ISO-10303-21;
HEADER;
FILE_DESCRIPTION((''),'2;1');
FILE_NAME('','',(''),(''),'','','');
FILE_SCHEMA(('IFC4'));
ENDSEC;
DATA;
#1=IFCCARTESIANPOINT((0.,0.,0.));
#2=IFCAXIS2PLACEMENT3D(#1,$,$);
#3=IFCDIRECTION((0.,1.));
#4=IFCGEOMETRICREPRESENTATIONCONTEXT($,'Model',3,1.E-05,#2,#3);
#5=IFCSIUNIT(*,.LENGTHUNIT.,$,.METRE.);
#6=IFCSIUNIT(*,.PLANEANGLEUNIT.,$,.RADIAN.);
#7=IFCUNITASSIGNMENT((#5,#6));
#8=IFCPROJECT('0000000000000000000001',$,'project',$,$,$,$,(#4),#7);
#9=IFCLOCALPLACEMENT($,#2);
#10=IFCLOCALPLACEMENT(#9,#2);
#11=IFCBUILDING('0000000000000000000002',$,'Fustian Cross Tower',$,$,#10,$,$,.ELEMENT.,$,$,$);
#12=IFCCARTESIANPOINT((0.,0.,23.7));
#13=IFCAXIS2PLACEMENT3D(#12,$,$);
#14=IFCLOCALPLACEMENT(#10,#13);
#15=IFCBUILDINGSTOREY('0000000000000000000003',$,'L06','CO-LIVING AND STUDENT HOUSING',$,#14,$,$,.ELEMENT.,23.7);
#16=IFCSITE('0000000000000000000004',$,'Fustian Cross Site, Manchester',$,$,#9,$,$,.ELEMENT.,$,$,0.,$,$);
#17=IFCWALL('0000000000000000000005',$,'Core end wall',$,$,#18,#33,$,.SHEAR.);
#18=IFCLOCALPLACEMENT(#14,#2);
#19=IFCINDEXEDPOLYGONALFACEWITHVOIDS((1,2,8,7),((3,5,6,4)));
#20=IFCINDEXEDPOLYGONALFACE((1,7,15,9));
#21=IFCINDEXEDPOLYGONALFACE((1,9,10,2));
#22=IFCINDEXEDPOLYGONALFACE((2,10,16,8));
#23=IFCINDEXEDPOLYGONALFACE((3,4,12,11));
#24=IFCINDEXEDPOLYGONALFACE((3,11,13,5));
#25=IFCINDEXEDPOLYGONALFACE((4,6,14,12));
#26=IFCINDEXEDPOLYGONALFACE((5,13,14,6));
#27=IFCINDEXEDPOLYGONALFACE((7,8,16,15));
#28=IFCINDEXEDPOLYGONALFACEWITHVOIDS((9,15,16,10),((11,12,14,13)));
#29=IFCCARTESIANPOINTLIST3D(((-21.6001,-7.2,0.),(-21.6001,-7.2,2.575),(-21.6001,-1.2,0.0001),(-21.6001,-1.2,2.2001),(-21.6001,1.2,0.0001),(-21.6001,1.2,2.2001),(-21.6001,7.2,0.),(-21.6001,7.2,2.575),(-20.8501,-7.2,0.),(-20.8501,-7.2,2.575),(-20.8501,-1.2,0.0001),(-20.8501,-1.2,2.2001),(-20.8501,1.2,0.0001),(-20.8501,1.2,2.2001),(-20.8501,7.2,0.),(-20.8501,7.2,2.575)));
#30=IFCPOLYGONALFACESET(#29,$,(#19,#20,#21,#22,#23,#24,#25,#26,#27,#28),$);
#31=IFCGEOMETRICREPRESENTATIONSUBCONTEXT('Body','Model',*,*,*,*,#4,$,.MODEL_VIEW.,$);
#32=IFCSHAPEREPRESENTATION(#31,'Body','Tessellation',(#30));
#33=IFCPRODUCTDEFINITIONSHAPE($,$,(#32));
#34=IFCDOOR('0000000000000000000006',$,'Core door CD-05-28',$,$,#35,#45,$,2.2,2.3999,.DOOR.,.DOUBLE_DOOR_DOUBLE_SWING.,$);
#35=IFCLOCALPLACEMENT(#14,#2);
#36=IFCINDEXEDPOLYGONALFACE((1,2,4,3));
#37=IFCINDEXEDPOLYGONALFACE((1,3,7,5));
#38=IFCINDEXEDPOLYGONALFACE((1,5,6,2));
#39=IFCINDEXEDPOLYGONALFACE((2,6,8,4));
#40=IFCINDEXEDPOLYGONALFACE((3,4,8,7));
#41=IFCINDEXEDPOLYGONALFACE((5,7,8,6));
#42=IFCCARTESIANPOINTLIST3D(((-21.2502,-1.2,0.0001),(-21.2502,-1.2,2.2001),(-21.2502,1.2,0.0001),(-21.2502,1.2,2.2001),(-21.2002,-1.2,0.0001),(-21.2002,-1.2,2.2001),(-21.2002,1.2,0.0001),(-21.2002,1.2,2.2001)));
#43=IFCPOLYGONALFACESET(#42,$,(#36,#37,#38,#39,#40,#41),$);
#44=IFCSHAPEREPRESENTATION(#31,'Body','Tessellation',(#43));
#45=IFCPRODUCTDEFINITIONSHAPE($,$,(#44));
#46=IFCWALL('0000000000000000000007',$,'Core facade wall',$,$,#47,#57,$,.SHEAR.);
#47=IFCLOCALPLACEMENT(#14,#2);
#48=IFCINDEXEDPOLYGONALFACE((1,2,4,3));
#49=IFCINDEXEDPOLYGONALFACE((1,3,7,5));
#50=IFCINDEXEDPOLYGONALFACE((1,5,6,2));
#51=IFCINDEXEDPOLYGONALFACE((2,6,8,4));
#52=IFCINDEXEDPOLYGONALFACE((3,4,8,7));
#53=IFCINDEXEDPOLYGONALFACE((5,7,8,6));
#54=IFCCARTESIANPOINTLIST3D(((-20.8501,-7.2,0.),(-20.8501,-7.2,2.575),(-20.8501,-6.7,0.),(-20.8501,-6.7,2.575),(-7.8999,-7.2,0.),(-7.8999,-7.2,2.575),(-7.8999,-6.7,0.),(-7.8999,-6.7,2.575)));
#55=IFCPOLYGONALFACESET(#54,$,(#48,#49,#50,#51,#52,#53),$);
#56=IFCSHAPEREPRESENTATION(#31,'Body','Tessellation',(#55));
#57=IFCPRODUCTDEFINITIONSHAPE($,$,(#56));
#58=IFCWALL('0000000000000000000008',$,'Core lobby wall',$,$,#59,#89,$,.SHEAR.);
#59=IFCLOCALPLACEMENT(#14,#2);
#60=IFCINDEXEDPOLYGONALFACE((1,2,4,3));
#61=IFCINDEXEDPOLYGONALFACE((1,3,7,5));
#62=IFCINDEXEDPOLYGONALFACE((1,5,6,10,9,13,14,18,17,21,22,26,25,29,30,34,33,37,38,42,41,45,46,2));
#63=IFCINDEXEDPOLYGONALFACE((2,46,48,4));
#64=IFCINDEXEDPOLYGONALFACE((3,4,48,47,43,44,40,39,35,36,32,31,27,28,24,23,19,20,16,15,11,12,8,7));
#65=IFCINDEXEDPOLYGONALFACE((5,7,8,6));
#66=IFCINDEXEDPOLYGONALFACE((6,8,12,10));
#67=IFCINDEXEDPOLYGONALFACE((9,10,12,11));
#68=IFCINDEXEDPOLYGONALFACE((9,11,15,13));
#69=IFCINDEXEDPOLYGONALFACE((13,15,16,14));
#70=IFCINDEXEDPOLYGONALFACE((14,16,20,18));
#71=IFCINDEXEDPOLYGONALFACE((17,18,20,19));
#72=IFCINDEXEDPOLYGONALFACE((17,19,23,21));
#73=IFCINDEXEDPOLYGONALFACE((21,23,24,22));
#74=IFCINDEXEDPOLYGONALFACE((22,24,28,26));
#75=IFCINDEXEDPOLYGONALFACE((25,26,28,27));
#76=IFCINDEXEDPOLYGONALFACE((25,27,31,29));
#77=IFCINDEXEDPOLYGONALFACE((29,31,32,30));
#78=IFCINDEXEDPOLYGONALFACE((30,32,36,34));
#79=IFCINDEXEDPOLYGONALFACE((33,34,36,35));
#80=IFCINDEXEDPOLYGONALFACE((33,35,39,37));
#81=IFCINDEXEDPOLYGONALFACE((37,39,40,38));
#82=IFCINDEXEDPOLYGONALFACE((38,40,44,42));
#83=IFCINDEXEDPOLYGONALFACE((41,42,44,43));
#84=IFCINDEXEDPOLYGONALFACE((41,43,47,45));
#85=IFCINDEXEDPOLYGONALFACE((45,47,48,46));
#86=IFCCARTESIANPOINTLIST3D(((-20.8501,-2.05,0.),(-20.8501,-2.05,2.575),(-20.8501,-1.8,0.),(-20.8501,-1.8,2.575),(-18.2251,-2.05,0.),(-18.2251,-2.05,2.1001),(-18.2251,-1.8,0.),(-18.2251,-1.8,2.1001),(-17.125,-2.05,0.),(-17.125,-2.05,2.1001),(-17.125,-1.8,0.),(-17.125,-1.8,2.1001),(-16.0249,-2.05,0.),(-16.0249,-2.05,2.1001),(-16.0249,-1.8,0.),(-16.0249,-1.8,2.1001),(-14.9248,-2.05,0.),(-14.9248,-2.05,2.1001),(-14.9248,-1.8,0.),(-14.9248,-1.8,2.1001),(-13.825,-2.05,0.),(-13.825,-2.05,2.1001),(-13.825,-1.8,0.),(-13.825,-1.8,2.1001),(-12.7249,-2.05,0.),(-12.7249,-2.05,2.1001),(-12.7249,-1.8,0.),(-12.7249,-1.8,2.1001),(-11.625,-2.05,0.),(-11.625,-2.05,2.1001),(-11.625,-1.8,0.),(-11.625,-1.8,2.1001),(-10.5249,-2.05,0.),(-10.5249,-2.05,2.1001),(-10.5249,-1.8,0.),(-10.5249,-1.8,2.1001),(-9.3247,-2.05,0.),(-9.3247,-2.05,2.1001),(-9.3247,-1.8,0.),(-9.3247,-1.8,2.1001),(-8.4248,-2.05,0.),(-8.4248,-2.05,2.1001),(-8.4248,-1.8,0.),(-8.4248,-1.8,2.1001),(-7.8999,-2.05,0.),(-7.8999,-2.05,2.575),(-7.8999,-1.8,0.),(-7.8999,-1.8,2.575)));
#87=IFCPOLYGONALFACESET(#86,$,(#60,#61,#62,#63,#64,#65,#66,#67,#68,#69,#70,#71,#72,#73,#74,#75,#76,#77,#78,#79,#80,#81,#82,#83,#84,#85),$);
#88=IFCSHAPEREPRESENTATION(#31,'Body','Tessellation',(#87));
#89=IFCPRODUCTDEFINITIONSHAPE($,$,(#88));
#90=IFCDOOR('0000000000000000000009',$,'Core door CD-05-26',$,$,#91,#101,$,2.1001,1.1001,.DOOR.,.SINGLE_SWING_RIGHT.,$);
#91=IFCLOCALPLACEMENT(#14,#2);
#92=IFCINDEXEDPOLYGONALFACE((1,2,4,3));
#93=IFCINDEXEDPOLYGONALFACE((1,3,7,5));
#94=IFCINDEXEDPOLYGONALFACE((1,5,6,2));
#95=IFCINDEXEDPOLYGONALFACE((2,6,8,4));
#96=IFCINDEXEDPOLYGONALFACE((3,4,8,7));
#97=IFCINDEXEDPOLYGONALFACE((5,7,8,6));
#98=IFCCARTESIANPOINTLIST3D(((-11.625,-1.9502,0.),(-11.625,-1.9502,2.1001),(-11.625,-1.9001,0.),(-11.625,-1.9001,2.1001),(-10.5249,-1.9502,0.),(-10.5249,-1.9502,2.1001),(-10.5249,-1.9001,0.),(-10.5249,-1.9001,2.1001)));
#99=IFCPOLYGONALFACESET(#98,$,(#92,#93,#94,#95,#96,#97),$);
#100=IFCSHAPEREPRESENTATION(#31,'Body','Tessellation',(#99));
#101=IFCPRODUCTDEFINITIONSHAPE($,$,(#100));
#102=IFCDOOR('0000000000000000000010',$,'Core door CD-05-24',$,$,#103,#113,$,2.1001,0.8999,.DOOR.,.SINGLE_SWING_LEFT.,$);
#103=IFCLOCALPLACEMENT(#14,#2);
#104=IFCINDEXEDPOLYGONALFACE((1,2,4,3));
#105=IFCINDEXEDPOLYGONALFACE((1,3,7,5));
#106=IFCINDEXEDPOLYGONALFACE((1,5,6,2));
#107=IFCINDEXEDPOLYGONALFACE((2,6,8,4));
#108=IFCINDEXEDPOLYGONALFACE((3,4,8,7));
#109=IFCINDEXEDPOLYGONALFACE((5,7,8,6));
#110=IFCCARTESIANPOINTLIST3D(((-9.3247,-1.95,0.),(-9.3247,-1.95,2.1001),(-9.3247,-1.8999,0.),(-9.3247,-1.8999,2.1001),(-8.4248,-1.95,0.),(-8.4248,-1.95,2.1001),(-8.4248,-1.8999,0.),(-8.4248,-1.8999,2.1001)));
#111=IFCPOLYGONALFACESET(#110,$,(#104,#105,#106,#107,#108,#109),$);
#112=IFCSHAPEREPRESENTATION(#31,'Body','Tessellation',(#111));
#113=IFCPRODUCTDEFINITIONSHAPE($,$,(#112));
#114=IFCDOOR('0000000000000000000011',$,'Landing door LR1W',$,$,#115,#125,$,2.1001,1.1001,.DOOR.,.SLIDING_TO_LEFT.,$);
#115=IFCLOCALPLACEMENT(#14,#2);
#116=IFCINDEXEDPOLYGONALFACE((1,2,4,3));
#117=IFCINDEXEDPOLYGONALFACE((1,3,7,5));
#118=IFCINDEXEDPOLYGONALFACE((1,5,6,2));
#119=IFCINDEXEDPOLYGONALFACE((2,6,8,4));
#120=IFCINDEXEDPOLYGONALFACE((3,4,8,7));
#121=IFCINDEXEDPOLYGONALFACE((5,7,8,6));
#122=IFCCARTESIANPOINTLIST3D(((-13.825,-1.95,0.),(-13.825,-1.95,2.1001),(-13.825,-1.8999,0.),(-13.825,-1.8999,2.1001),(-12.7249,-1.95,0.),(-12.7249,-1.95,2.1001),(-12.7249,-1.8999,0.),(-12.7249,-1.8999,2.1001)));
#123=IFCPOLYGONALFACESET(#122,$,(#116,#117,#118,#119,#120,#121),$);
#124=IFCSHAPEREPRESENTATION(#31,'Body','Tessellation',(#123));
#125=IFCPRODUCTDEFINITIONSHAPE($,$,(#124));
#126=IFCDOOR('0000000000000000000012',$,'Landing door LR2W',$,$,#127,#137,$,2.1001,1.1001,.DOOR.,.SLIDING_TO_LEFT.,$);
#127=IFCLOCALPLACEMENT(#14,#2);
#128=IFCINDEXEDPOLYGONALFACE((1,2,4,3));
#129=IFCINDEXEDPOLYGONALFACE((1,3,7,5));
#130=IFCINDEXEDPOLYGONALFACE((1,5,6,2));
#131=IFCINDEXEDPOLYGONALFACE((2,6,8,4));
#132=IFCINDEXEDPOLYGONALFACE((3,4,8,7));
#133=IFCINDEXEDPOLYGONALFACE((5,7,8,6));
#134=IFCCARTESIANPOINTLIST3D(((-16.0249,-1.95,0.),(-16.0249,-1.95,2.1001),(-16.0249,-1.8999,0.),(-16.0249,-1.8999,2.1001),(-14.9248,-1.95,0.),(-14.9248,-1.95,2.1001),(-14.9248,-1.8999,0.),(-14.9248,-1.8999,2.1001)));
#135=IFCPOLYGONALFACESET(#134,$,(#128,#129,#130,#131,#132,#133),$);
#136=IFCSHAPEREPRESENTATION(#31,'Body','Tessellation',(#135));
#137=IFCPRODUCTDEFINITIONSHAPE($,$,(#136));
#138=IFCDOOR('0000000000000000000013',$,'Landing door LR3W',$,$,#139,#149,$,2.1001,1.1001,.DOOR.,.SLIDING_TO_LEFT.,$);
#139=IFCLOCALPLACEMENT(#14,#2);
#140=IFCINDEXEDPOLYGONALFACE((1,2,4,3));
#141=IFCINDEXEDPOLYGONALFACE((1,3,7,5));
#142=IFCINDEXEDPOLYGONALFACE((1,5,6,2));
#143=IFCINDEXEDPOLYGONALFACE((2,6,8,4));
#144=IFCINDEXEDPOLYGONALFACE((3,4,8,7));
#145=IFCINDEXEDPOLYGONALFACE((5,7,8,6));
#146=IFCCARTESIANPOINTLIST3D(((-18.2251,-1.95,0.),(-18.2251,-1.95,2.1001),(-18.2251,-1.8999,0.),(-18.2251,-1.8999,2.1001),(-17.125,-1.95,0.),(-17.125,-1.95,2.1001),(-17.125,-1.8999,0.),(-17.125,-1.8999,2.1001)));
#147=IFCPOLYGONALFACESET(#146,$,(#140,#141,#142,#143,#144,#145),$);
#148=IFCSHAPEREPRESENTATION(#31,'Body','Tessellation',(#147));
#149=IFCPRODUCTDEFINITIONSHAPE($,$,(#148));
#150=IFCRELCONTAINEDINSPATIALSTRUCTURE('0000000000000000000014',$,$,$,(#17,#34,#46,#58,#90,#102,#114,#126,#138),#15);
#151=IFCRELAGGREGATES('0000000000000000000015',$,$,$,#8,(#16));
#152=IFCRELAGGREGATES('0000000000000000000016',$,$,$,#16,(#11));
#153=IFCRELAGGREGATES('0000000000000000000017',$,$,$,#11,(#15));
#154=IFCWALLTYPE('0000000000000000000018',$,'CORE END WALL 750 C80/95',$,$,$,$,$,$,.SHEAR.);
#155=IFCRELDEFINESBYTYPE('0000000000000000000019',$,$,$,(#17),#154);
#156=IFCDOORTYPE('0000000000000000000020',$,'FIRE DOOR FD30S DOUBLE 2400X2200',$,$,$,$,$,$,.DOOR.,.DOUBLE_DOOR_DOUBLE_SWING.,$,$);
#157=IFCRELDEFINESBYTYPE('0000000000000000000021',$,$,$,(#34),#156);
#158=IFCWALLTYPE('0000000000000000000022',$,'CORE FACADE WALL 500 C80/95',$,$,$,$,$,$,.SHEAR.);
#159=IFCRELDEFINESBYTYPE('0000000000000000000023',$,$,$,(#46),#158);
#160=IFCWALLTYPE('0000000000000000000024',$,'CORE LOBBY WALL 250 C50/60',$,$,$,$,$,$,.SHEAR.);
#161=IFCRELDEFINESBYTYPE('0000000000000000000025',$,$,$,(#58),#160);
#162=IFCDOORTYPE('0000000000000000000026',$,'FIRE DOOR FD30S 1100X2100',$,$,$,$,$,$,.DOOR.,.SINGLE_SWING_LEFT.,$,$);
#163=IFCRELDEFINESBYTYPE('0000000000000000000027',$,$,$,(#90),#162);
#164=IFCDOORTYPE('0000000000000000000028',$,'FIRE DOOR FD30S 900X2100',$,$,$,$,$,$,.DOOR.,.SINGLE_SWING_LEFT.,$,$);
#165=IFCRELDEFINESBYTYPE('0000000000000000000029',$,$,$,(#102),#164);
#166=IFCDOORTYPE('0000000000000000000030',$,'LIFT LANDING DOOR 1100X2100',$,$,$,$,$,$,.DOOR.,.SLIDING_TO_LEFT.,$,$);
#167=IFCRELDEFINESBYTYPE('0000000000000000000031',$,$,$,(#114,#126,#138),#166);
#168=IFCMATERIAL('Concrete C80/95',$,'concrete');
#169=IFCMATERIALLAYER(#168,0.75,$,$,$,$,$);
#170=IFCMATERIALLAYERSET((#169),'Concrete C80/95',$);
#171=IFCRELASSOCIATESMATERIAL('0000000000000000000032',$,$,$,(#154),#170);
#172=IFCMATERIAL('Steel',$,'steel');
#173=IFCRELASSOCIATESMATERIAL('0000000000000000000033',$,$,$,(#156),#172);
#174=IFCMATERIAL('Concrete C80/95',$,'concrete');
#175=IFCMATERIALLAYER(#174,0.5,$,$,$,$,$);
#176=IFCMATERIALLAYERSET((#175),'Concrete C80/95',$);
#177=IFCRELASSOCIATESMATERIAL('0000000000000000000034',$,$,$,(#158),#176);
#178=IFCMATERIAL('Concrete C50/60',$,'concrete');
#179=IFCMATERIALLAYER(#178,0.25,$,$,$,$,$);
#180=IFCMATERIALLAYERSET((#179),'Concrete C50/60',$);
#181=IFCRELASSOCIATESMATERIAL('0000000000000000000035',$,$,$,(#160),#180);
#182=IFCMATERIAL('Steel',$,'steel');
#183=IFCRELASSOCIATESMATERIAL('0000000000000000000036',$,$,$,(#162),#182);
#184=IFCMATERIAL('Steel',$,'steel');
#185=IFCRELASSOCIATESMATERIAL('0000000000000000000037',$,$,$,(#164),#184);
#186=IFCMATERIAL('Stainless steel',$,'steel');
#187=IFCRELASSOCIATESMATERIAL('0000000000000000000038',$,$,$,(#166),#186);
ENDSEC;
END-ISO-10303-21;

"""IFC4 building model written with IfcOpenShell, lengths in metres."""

from ifc_helpers import new_model, si_unit, direction, frame, frame_2d, origin, place, context, subcontext, project, spatial, rectangle, extrude, material, layer, layer_set, type_object, element, fill, save


model = new_model("IFC4")

# Units and contexts
model_context = context("Model", 3, precision=1e-05, world=origin(), true_north=direction((0.0, 1.0)))
body_context = subcontext(model_context, "Body", "Model", "MODEL_VIEW")
ifc_project = project(units=[si_unit("LENGTHUNIT", "METRE"), si_unit("PLANEANGLEUNIT", "RADIAN")], contexts=[model_context])

# Site, building, storey
site_placement = place(None, origin())
site = spatial("IfcSite", under=ifc_project, at=site_placement, Name="Fustian Cross Site, Manchester", CompositionType="ELEMENT", RefElevation=0.0)
building_placement = place(site_placement, origin())
building = spatial("IfcBuilding", under=site, at=building_placement, Name="Fustian Cross Tower", CompositionType="ELEMENT")
storey_placement = place(building_placement, frame((0.0, 0.0, 23.7)))
storey = spatial("IfcBuildingStorey", under=building, at=storey_placement, Name="L06", Description="CO-LIVING AND STUDENT HOUSING", CompositionType="ELEMENT", Elevation=23.7)

# Wall, opening, door
ifc_material_1 = material(Name="Concrete C80/95", Category="concrete")
ifc_layer_1 = layer(ifc_material_1, 0.75)
ifc_layer_set_1 = layer_set([ifc_layer_1], Name="Concrete C80/95")
wall_type_1 = type_object("IfcWallType", Name="CORE END WALL 750 C80/95", PredefinedType="SHEAR", material=ifc_layer_set_1)
wall_1_placement = place(storey_placement, frame((-21.2251, -7.2, 0.0), z_axis=(0.0, 0.0, 1.0), x_axis=(0.0, 1.0, 0.0)))
wall_1 = element("IfcWall", 1, at=wall_1_placement, inside=storey, type_object=wall_type_1, Name="Core end wall", PredefinedType="SHEAR", context=body_context, shape_type="SweptSolid", body=[
    extrude(rectangle(XDim=14.3999, YDim=0.75, at=frame_2d((7.2, 0.0))), origin(), (0.0, 0.0, 1.0), 2.575),
])
opening_1_placement = place(wall_1_placement, frame((6.0, 0.0, 0.0)))
opening_1 = element("IfcOpeningElement", 2, at=opening_1_placement, cuts=wall_1, PredefinedType="OPENING", context=body_context, shape_type="SweptSolid", body=[
    extrude(rectangle(XDim=2.3999, YDim=2.2, at=frame_2d((1.2, 1.1001))), frame((0.0, 0.385, 0.0), z_axis=(0.0, -1.0, 0.0), x_axis=(1.0, 0.0, 0.0)), (0.0, 0.0, 1.0), 0.77),
])
ifc_material_2 = material(Name="Steel", Category="steel")
door_type_1 = type_object("IfcDoorType", Name="FIRE DOOR FD30S DOUBLE 2400X2200", OperationType="DOUBLE_DOOR_DOUBLE_SWING", PredefinedType="DOOR", material=ifc_material_2)
door_1_placement = place(opening_1_placement, frame((2.3999, 0.0, 0.0), z_axis=(0.0, 0.0, 1.0), x_axis=(-1.0, 0.0, 0.0)))
door_1 = element("IfcDoor", 3, at=door_1_placement, inside=storey, type_object=door_type_1, Name="Core door CD-05-28", OperationType="DOUBLE_DOOR_DOUBLE_SWING", OverallHeight=2.2, OverallWidth=2.3999, PredefinedType="DOOR", context=body_context, shape_type="SweptSolid", body=[
    extrude(rectangle(XDim=2.3999, YDim=2.2, at=frame_2d((1.2, 1.1001))), frame((0.0, 0.0249, 0.0), z_axis=(0.0, -1.0, 0.0), x_axis=(1.0, 0.0, 0.0)), (0.0, 0.0, 1.0), 0.05),
])
fill(opening_1, door_1)

# Wall
ifc_material_3 = material(Name="Concrete C80/95", Category="concrete")
ifc_layer_2 = layer(ifc_material_3, 0.5)
ifc_layer_set_2 = layer_set([ifc_layer_2], Name="Concrete C80/95")
wall_type_2 = type_object("IfcWallType", Name="CORE FACADE WALL 500 C80/95", PredefinedType="SHEAR", material=ifc_layer_set_2)
wall_2_placement = place(storey_placement, frame((-7.8999, -6.95, 0.0), z_axis=(0.0, 0.0, 1.0), x_axis=(-1.0, 0.0, 0.0)))
element("IfcWall", 4, at=wall_2_placement, inside=storey, type_object=wall_type_2, Name="Core facade wall", PredefinedType="SHEAR", context=body_context, shape_type="SweptSolid", body=[
    extrude(rectangle(XDim=12.9502, YDim=0.5, at=frame_2d((6.4751, 0.0))), origin(), (0.0, 0.0, 1.0), 2.575),
])

# Wall, openings, doors
ifc_material_4 = material(Name="Concrete C50/60", Category="concrete")
ifc_layer_3 = layer(ifc_material_4, 0.25)
ifc_layer_set_3 = layer_set([ifc_layer_3], Name="Concrete C50/60")
wall_type_3 = type_object("IfcWallType", Name="CORE LOBBY WALL 250 C50/60", PredefinedType="SHEAR", material=ifc_layer_set_3)
wall_3_placement = place(storey_placement, frame((-7.8999, -1.925, 0.0), z_axis=(0.0, 0.0, 1.0), x_axis=(-1.0, 0.0, 0.0)))
wall_3 = element("IfcWall", 5, at=wall_3_placement, inside=storey, type_object=wall_type_3, Name="Core lobby wall", PredefinedType="SHEAR", context=body_context, shape_type="SweptSolid", body=[
    extrude(rectangle(XDim=12.9502, YDim=0.25, at=frame_2d((6.4751, 0.0))), origin(), (0.0, 0.0, 1.0), 2.575),
])
opening_2_placement = place(wall_3_placement, frame((4.825, 0.0, 0.0)))
opening_2 = element("IfcOpeningElement", 6, at=opening_2_placement, cuts=wall_3, PredefinedType="OPENING", context=body_context, shape_type="SweptSolid", body=[
    extrude(rectangle(XDim=1.1001, YDim=2.1001, at=frame_2d((0.55, 1.05))), frame((0.0, 0.135, 0.0), z_axis=(0.0, -1.0, 0.0), x_axis=(1.0, 0.0, 0.0)), (0.0, 0.0, 1.0), 0.27),
])
opening_3_placement = place(wall_3_placement, frame((7.0249, 0.0, 0.0)))
opening_3 = element("IfcOpeningElement", 7, at=opening_3_placement, cuts=wall_3, PredefinedType="OPENING", context=body_context, shape_type="SweptSolid", body=[
    extrude(rectangle(XDim=1.1001, YDim=2.1001, at=frame_2d((0.55, 1.05))), frame((0.0, 0.135, 0.0), z_axis=(0.0, -1.0, 0.0), x_axis=(1.0, 0.0, 0.0)), (0.0, 0.0, 1.0), 0.27),
])
opening_4_placement = place(wall_3_placement, frame((9.2251, 0.0, 0.0)))
opening_4 = element("IfcOpeningElement", 8, at=opening_4_placement, cuts=wall_3, PredefinedType="OPENING", context=body_context, shape_type="SweptSolid", body=[
    extrude(rectangle(XDim=1.1001, YDim=2.1001, at=frame_2d((0.55, 1.05))), frame((0.0, 0.135, 0.0), z_axis=(0.0, -1.0, 0.0), x_axis=(1.0, 0.0, 0.0)), (0.0, 0.0, 1.0), 0.27),
])
opening_5_placement = place(wall_3_placement, frame((0.5249, 0.0, 0.0)))
opening_5 = element("IfcOpeningElement", 9, at=opening_5_placement, cuts=wall_3, PredefinedType="OPENING", context=body_context, shape_type="SweptSolid", body=[
    extrude(rectangle(XDim=0.8999, YDim=2.1001, at=frame_2d((0.45, 1.05))), frame((0.0, 0.135, 0.0), z_axis=(0.0, -1.0, 0.0), x_axis=(1.0, 0.0, 0.0)), (0.0, 0.0, 1.0), 0.27),
])
opening_6_placement = place(wall_3_placement, frame((2.625, 0.0, 0.0)))
opening_6 = element("IfcOpeningElement", 10, at=opening_6_placement, cuts=wall_3, PredefinedType="OPENING", context=body_context, shape_type="SweptSolid", body=[
    extrude(rectangle(XDim=1.1001, YDim=2.1001, at=frame_2d((0.55, 1.05))), frame((0.0, 0.135, 0.0), z_axis=(0.0, -1.0, 0.0), x_axis=(1.0, 0.0, 0.0)), (0.0, 0.0, 1.0), 0.27),
])
ifc_material_5 = material(Name="Steel", Category="steel")
door_type_2 = type_object("IfcDoorType", Name="FIRE DOOR FD30S 1100X2100", OperationType="SINGLE_SWING_LEFT", PredefinedType="DOOR", material=ifc_material_5)
door_2_placement = place(opening_6_placement, frame((1.1001, 0.0, 0.0), z_axis=(0.0, 0.0, 1.0), x_axis=(-1.0, 0.0, 0.0)))
door_2 = element("IfcDoor", 11, at=door_2_placement, inside=storey, type_object=door_type_2, Name="Core door CD-05-26", OperationType="SINGLE_SWING_RIGHT", OverallHeight=2.1001, OverallWidth=1.1001, PredefinedType="DOOR", context=body_context, shape_type="SweptSolid", body=[
    extrude(rectangle(XDim=1.1001, YDim=2.1001, at=frame_2d((0.55, 1.05))), frame((0.0, 0.0249, 0.0), z_axis=(0.0, -1.0, 0.0), x_axis=(1.0, 0.0, 0.0)), (0.0, 0.0, 1.0), 0.05),
])
fill(opening_6, door_2)
ifc_material_6 = material(Name="Steel", Category="steel")
door_type_3 = type_object("IfcDoorType", Name="FIRE DOOR FD30S 900X2100", OperationType="SINGLE_SWING_LEFT", PredefinedType="DOOR", material=ifc_material_6)
door_3_placement = place(opening_5_placement, origin())
door_3 = element("IfcDoor", 12, at=door_3_placement, inside=storey, type_object=door_type_3, Name="Core door CD-05-24", OperationType="SINGLE_SWING_LEFT", OverallHeight=2.1001, OverallWidth=0.8999, PredefinedType="DOOR", context=body_context, shape_type="SweptSolid", body=[
    extrude(rectangle(XDim=0.8999, YDim=2.1001, at=frame_2d((0.45, 1.05))), frame((0.0, 0.0249, 0.0), z_axis=(0.0, -1.0, 0.0), x_axis=(1.0, 0.0, 0.0)), (0.0, 0.0, 1.0), 0.05),
])
fill(opening_5, door_3)
ifc_material_7 = material(Name="Stainless steel", Category="steel")
door_type_4 = type_object("IfcDoorType", Name="LIFT LANDING DOOR 1100X2100", OperationType="SLIDING_TO_LEFT", PredefinedType="DOOR", material=ifc_material_7)
door_4_placement = place(opening_2_placement, origin())
door_4 = element("IfcDoor", 13, at=door_4_placement, inside=storey, type_object=door_type_4, Name="Landing door LR1W", OperationType="SLIDING_TO_LEFT", OverallHeight=2.1001, OverallWidth=1.1001, PredefinedType="DOOR", context=body_context, shape_type="SweptSolid", body=[
    extrude(rectangle(XDim=1.1001, YDim=2.1001, at=frame_2d((0.55, 1.05))), frame((0.0, 0.0249, 0.0), z_axis=(0.0, -1.0, 0.0), x_axis=(1.0, 0.0, 0.0)), (0.0, 0.0, 1.0), 0.05),
])
fill(opening_2, door_4)
door_5_placement = place(opening_3_placement, origin())
door_5 = element("IfcDoor", 14, at=door_5_placement, inside=storey, type_object=door_type_4, Name="Landing door LR2W", OperationType="SLIDING_TO_LEFT", OverallHeight=2.1001, OverallWidth=1.1001, PredefinedType="DOOR", context=body_context, shape_type="SweptSolid", body=[
    extrude(rectangle(XDim=1.1001, YDim=2.1001, at=frame_2d((0.55, 1.05))), frame((0.0, 0.0249, 0.0), z_axis=(0.0, -1.0, 0.0), x_axis=(1.0, 0.0, 0.0)), (0.0, 0.0, 1.0), 0.05),
])
fill(opening_3, door_5)
door_6_placement = place(opening_4_placement, origin())
door_6 = element("IfcDoor", 15, at=door_6_placement, inside=storey, type_object=door_type_4, Name="Landing door LR3W", OperationType="SLIDING_TO_LEFT", OverallHeight=2.1001, OverallWidth=1.1001, PredefinedType="DOOR", context=body_context, shape_type="SweptSolid", body=[
    extrude(rectangle(XDim=1.1001, YDim=2.1001, at=frame_2d((0.55, 1.05))), frame((0.0, 0.0249, 0.0), z_axis=(0.0, -1.0, 0.0), x_axis=(1.0, 0.0, 0.0)), (0.0, 0.0, 1.0), 0.05),
])
fill(opening_4, door_6)

save(model, "model.ifc")
